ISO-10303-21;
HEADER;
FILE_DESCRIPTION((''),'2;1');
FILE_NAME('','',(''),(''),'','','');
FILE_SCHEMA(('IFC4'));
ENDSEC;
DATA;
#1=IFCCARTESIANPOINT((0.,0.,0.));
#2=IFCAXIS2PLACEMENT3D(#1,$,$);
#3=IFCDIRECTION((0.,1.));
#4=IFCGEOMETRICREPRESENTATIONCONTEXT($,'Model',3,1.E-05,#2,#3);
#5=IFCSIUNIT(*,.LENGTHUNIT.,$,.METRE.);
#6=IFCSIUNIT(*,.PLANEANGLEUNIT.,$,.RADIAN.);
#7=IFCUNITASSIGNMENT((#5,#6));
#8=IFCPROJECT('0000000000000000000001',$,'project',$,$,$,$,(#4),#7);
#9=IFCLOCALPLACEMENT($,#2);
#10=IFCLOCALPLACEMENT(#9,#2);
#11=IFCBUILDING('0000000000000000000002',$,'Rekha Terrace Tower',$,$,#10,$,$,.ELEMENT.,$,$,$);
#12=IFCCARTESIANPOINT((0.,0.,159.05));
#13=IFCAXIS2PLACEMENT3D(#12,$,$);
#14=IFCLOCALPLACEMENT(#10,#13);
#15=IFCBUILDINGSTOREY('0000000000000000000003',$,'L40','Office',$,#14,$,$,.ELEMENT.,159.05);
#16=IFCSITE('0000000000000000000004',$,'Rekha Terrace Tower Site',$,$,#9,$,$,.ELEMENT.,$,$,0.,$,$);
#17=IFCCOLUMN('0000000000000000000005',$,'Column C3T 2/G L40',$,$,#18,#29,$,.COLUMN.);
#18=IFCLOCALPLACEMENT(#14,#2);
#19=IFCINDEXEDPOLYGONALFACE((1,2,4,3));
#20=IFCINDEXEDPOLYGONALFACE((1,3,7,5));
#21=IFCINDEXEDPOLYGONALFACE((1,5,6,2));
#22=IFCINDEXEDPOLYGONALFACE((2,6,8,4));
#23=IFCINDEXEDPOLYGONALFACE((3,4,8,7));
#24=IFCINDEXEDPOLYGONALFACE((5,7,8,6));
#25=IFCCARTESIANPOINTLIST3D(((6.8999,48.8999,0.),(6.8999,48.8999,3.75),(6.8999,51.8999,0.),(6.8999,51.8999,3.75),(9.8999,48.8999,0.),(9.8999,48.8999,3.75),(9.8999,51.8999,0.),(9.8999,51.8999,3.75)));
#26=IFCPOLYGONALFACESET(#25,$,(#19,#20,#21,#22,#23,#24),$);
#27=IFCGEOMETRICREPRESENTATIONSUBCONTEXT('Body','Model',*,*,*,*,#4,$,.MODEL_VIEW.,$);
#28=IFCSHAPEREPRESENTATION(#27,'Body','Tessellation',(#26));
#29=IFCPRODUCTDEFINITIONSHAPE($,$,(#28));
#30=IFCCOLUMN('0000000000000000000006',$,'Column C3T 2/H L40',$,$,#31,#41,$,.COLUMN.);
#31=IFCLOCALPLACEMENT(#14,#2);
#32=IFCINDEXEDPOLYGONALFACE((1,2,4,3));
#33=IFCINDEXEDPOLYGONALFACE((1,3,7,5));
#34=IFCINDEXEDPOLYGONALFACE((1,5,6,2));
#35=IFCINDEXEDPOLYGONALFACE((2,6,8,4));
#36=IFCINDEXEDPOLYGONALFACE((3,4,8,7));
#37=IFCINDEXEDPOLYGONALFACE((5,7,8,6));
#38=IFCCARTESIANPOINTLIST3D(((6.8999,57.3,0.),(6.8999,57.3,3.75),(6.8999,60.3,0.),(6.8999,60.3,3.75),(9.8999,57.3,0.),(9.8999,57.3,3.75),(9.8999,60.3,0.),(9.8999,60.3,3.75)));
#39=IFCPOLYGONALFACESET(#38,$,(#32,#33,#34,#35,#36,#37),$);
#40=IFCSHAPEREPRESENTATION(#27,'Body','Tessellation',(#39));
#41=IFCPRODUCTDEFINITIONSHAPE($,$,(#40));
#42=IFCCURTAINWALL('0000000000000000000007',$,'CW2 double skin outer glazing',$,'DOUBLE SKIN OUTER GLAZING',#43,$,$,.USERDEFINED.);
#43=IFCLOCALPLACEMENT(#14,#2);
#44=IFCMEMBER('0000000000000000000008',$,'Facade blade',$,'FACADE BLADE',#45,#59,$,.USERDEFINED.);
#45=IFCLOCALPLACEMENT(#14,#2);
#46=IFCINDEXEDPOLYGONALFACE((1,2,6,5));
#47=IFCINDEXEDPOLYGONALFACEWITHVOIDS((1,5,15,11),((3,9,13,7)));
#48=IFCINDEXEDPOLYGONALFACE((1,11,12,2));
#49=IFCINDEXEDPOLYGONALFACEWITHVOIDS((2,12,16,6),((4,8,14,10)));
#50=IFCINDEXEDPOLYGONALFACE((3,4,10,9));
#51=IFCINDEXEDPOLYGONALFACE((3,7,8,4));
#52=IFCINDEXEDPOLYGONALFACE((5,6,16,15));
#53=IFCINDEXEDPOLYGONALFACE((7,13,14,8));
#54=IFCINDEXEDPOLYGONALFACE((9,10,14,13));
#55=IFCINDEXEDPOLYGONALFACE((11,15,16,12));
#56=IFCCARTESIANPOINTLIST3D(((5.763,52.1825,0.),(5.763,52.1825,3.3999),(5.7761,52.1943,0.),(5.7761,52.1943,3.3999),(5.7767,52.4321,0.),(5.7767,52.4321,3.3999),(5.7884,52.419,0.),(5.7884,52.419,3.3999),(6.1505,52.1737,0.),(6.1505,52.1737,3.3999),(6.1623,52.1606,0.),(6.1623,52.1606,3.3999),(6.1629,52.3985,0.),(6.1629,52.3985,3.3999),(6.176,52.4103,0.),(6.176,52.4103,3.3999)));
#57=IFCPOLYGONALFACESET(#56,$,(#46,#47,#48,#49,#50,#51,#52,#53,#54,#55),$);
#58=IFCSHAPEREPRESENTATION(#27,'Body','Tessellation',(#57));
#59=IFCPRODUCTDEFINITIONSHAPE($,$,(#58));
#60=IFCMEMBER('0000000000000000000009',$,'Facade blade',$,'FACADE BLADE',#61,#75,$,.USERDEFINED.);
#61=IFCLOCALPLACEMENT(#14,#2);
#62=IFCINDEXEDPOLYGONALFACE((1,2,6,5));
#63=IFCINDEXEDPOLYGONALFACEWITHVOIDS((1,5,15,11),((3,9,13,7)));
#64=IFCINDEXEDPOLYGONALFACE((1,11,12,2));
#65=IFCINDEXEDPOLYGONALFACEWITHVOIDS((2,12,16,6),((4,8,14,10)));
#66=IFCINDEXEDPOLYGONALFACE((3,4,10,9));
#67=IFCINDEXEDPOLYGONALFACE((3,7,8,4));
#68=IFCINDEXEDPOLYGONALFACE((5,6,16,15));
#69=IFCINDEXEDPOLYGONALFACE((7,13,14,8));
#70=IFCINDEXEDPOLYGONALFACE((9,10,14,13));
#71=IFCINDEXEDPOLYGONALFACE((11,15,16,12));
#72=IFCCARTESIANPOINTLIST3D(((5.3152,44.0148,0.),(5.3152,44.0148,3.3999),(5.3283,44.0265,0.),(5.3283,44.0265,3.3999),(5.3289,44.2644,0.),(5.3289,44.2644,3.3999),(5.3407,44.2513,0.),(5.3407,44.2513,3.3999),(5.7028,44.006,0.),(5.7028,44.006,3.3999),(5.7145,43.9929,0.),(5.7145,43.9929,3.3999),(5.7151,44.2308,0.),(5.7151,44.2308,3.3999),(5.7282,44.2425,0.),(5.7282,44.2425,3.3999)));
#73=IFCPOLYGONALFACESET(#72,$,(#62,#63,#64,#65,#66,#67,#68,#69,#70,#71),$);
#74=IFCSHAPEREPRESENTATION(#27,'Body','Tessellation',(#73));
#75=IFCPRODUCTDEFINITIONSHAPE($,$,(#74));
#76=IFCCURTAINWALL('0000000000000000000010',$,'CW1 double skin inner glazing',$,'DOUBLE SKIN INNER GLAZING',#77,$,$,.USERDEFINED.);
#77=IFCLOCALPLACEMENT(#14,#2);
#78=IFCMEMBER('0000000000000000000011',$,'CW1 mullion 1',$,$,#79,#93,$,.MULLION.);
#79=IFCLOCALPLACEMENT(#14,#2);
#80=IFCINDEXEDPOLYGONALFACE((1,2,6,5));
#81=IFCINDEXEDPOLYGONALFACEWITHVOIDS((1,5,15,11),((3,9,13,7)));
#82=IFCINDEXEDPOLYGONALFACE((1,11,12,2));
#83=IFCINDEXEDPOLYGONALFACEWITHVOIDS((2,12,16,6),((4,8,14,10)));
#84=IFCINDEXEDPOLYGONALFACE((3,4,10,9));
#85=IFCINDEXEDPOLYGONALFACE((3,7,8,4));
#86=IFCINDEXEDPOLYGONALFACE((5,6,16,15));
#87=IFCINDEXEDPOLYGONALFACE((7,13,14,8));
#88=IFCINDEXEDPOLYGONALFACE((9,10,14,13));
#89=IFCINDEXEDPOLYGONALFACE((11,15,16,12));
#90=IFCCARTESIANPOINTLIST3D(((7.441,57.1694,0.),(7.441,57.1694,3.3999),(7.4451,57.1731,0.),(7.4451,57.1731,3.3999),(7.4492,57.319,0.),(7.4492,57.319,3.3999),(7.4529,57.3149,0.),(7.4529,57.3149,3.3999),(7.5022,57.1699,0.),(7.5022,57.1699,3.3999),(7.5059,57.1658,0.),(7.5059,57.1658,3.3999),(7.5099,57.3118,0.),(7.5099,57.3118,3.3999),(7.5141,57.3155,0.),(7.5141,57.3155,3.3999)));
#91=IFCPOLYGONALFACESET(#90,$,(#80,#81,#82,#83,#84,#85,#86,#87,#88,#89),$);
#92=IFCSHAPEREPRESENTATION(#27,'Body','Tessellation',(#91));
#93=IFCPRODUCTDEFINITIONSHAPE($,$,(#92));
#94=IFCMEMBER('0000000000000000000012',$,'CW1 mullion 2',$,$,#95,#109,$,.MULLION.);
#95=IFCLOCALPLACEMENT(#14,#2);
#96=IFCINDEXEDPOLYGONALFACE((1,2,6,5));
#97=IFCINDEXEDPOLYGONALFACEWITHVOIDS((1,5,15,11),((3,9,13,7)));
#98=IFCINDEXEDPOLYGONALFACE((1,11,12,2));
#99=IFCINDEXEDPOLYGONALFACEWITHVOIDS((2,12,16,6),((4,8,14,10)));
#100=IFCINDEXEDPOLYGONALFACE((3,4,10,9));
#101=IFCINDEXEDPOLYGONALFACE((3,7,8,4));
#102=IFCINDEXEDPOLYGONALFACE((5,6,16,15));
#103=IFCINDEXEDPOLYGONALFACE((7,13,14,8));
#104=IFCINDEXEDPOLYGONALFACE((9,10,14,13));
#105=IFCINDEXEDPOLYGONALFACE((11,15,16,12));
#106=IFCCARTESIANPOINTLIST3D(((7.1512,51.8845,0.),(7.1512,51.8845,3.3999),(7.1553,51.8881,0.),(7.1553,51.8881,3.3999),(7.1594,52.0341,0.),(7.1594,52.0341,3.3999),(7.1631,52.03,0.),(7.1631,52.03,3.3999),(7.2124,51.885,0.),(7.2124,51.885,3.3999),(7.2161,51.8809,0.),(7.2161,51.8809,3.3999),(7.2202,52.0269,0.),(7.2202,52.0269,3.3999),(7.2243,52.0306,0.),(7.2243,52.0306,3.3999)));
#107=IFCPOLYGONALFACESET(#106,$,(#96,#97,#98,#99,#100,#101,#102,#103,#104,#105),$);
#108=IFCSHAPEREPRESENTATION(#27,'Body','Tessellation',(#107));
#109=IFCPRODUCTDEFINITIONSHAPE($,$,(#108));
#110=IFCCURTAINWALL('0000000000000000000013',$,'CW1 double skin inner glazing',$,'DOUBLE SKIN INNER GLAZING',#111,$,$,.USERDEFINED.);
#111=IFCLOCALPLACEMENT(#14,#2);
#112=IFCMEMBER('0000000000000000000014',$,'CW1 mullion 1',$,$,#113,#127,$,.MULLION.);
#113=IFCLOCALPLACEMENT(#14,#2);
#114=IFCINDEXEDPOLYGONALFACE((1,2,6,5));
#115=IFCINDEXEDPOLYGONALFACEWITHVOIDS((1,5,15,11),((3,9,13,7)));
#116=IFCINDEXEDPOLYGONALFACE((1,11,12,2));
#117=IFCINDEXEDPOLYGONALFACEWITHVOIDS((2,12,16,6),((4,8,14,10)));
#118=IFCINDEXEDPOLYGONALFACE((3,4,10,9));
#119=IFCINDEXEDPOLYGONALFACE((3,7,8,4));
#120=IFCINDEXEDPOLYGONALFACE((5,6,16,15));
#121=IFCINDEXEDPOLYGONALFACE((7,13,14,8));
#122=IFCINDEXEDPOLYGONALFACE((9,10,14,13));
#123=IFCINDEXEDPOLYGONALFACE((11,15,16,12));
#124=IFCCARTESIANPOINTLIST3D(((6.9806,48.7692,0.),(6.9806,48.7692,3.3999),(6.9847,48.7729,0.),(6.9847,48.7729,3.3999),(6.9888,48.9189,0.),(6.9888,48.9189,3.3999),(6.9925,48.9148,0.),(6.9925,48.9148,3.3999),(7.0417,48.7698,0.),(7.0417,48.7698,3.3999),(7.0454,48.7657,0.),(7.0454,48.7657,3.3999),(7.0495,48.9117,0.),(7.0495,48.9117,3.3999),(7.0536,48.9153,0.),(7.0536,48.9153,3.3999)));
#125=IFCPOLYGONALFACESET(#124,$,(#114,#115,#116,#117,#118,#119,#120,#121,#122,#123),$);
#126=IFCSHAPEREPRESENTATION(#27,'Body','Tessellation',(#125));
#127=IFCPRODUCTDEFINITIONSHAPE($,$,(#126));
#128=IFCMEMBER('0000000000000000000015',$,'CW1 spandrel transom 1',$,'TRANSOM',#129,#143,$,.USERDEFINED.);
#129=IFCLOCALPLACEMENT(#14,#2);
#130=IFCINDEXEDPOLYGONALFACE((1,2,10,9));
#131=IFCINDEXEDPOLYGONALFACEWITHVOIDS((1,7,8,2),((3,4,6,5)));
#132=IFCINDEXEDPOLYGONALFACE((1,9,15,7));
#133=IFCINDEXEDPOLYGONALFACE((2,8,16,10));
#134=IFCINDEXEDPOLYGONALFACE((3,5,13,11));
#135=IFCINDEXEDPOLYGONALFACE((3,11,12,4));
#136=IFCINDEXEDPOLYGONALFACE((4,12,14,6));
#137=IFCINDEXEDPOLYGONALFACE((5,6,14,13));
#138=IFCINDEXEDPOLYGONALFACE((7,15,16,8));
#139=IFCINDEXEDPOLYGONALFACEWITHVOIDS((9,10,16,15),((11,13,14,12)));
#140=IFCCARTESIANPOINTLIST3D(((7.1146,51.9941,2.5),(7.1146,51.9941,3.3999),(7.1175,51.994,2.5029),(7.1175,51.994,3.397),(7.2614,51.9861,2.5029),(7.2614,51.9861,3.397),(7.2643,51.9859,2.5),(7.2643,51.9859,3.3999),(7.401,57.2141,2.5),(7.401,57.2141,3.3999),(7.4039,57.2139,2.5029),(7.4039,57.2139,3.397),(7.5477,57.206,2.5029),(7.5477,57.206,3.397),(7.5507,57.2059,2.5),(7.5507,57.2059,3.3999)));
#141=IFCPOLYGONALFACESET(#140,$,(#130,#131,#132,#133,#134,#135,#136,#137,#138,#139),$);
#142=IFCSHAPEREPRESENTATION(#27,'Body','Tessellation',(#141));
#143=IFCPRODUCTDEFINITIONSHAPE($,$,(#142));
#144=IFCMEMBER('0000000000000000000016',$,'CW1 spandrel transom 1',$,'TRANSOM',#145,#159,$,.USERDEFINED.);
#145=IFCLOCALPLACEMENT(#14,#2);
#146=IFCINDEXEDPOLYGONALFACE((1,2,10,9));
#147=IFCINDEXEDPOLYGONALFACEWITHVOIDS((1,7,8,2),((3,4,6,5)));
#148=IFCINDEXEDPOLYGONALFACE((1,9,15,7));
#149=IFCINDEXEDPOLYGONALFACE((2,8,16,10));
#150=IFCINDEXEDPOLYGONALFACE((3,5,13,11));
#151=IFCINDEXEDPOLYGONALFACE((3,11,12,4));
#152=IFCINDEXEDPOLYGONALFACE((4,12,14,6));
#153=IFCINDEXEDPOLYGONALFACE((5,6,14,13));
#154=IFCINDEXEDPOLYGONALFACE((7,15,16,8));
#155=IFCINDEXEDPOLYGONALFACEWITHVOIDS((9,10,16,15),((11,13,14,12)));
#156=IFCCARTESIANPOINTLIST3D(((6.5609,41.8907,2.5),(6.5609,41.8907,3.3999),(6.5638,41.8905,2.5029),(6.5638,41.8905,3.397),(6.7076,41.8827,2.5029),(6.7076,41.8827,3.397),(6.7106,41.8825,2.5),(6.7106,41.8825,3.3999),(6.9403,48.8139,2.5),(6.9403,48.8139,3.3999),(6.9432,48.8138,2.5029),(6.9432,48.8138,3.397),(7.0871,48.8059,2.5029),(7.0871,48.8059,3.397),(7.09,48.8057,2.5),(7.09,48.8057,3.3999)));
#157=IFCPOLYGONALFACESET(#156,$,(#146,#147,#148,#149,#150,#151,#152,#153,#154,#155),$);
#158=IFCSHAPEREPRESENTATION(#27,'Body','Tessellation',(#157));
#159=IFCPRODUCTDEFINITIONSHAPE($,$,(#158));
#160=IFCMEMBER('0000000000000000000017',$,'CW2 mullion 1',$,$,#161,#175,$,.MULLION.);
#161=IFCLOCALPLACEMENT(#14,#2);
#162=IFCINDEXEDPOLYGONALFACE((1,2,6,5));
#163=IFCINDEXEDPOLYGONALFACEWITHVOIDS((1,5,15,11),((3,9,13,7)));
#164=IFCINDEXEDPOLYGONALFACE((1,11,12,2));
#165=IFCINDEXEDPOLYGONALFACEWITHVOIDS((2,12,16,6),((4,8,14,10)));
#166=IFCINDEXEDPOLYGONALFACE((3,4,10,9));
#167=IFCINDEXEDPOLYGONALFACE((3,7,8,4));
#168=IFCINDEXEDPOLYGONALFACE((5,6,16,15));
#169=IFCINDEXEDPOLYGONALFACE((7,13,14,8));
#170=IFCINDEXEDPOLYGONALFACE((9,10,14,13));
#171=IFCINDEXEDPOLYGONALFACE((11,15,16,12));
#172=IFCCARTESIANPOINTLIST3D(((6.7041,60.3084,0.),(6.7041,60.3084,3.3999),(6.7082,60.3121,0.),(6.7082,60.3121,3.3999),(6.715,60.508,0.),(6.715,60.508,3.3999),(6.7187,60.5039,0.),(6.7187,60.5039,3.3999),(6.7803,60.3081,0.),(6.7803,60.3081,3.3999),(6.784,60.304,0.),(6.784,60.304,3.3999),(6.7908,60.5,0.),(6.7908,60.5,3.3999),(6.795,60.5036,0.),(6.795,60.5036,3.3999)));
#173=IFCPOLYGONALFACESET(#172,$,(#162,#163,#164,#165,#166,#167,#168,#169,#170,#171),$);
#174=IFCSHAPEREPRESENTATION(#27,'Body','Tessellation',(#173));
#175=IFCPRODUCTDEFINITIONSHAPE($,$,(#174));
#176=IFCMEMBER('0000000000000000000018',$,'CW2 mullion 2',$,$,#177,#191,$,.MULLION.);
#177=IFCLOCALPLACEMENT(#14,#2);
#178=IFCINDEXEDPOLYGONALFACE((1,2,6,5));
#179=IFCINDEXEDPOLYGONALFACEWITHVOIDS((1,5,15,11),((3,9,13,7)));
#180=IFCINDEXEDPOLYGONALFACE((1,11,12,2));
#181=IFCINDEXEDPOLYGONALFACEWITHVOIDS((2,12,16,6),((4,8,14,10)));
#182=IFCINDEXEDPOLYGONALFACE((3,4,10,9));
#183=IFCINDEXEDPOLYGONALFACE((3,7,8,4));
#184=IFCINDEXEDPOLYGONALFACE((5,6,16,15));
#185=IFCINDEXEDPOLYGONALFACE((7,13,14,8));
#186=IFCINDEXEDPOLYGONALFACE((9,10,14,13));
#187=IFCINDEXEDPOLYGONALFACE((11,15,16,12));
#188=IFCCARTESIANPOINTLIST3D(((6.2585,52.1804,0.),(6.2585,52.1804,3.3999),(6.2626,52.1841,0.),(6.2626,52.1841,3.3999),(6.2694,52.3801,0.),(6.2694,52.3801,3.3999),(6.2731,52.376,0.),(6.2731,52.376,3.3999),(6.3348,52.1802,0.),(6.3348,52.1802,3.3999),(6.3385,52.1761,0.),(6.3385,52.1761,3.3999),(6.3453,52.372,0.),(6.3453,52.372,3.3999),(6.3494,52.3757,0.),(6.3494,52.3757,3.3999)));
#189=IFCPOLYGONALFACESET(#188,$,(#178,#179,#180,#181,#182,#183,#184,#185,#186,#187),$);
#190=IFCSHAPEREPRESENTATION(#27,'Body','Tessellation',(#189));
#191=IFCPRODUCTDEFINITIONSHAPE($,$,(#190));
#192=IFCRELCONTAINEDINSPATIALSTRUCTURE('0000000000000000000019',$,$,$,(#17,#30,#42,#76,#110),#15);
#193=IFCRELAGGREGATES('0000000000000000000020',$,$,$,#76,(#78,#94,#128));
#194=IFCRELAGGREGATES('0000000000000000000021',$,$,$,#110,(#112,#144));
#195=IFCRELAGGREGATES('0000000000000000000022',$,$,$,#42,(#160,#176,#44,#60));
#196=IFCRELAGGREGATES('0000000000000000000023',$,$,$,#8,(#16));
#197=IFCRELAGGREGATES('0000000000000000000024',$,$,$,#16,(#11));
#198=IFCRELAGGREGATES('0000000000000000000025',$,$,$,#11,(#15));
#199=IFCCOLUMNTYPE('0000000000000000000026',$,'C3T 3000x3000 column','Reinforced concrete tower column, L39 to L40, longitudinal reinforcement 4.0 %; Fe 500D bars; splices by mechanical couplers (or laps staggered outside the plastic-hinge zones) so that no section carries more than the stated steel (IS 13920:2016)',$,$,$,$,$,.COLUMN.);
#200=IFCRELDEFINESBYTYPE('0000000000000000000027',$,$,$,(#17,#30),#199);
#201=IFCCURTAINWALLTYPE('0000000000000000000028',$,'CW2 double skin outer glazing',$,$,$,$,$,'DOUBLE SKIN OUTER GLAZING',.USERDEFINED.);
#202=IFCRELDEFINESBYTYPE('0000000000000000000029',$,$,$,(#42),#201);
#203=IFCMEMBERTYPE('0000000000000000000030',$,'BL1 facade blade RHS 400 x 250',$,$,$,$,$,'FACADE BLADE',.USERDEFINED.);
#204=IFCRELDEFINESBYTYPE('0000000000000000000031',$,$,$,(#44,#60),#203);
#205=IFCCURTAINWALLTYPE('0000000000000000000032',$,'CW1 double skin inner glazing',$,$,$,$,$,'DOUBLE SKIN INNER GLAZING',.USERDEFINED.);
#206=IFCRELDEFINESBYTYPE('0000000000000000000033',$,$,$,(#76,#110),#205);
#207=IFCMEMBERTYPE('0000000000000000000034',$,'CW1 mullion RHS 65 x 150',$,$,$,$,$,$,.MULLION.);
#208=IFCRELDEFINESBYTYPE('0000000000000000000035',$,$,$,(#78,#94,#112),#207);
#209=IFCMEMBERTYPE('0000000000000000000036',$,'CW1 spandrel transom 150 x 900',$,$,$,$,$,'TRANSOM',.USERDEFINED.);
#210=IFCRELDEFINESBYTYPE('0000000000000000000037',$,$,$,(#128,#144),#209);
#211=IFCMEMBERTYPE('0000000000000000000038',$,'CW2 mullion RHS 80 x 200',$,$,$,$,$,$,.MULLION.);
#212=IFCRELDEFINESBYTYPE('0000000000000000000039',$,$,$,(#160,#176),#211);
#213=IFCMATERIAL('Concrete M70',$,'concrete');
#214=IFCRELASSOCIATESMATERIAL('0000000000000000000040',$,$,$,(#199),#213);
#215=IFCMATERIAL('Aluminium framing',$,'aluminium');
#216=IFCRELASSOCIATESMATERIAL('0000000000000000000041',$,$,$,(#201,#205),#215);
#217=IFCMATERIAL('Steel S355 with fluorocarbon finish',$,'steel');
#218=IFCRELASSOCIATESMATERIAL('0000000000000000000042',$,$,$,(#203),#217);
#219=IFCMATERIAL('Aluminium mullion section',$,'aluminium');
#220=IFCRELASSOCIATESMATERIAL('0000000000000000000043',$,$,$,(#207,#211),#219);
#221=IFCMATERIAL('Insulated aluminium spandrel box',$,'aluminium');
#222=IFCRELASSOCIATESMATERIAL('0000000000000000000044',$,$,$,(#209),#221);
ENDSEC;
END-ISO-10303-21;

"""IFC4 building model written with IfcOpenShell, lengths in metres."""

from ifc_helpers import new_model, si_unit, direction, frame, origin, origin_2d, place, context, subcontext, project, spatial, rectangle, hollow_rectangle, extrude, material, material_profile, profile_set, type_object, element, aggregate, save


model = new_model("IFC4")

# Units and contexts
model_context = context("Model", 3, precision=1e-05, world=origin(), true_north=direction((0.0, 1.0)))
body_context = subcontext(model_context, "Body", "Model", "MODEL_VIEW")
ifc_project = project(units=[si_unit("LENGTHUNIT", "METRE"), si_unit("PLANEANGLEUNIT", "RADIAN")], contexts=[model_context])

# Site, building, storey
site_placement = place(None, origin())
site = spatial("IfcSite", under=ifc_project, at=site_placement, Name="Rekha Terrace Tower Site", CompositionType="ELEMENT", RefElevation=0.0)
building_placement = place(site_placement, origin())
building = spatial("IfcBuilding", under=site, at=building_placement, Name="Rekha Terrace Tower", CompositionType="ELEMENT")
storey_placement = place(building_placement, frame((0.0, 0.0, 159.05)))
storey = spatial("IfcBuildingStorey", under=building, at=storey_placement, Name="L40", Description="Office", CompositionType="ELEMENT", Elevation=159.05)

# Columns
ifc_material_1 = material(Name="Concrete M70", Category="concrete")
ifc_material_profile_1 = material_profile(ifc_material_1, rectangle(XDim=3.0, YDim=3.0, at=origin_2d()), Name="RC 3000x3000")
ifc_profile_set_1 = profile_set([ifc_material_profile_1], Name="Concrete M70")
column_type = type_object("IfcColumnType", Name="C3T 3000x3000 column", Description="Reinforced concrete tower column, L39 to L40, longitudinal reinforcement 4.0 %; Fe 500D bars; splices by mechanical couplers (or laps staggered outside the plastic-hinge zones) so that no section carries more than the stated steel (IS 13920:2016)", PredefinedType="COLUMN", material=ifc_profile_set_1)
for number, where, z_axis, x_axis, name in (
    (1, (8.3999, 50.3999, 0.0), (0.0, 0.0, 1.0), (1.0, 0.0, 0.0), "Column C3T 2/G L40"),
    (2, (8.3999, 58.8, 0.0), (0.0, 0.0, 1.0), (1.0, 0.0, 0.0), "Column C3T 2/H L40"),
):
    element("IfcColumn", number, at=place(storey_placement, frame(where, z_axis=z_axis, x_axis=x_axis)), inside=storey, type_object=column_type, Name=name, PredefinedType="COLUMN", context=body_context, shape_type="SweptSolid", body=[
        extrude(rectangle(XDim=3.0, YDim=3.0, at=origin_2d()), origin(), (0.0, 0.0, 1.0), 3.75),
    ])

# Curtain walls, members
ifc_material_2 = material(Name="Aluminium framing", Category="aluminium")
curtain_wall_type_1 = type_object("IfcCurtainWallType", Name="CW2 double skin outer glazing", ElementType="DOUBLE SKIN OUTER GLAZING", PredefinedType="USERDEFINED", material=ifc_material_2)
curtain_wall_1_placement = place(storey_placement, origin())
curtain_wall_1 = element("IfcCurtainWall", 3, at=curtain_wall_1_placement, inside=storey, type_object=curtain_wall_type_1, Name="CW2 double skin outer glazing", ObjectType="DOUBLE SKIN OUTER GLAZING", PredefinedType="USERDEFINED")
ifc_material_3 = material(Name="Steel S355 with fluorocarbon finish", Category="steel")
ifc_material_profile_2 = material_profile(ifc_material_3, hollow_rectangle(XDim=0.25, YDim=0.3999, WallThickness=0.0125, at=origin_2d()), Name="RHS400x250x12.5")
ifc_profile_set_2 = profile_set([ifc_material_profile_2], Name="Steel S355 with fluorocarbon finish")
member_type_1 = type_object("IfcMemberType", Name="BL1 facade blade RHS 400 x 250", ElementType="FACADE BLADE", PredefinedType="USERDEFINED", material=ifc_profile_set_2)
member_1_placement = place(storey_placement, frame((5.9695, 52.2964, 0.0), z_axis=(0.0, 0.0, 1.0), x_axis=(-0.054743, -0.9985, 0.0)))
member_1 = element("IfcMember", 4, at=member_1_placement, type_object=member_type_1, Name="Facade blade", ObjectType="FACADE BLADE", PredefinedType="USERDEFINED", context=body_context, shape_type="SweptSolid", body=[
    extrude(hollow_rectangle(XDim=0.25, YDim=0.3999, WallThickness=0.0125, at=origin_2d()), origin(), (0.0, 0.0, 1.0), 3.3999),
])
member_2_placement = place(storey_placement, frame((5.5217, 44.1287, 0.0), z_axis=(0.0, 0.0, 1.0), x_axis=(-0.054743, -0.9985, 0.0)))
member_2 = element("IfcMember", 5, at=member_2_placement, type_object=member_type_1, Name="Facade blade", ObjectType="FACADE BLADE", PredefinedType="USERDEFINED", context=body_context, shape_type="SweptSolid", body=[
    extrude(hollow_rectangle(XDim=0.25, YDim=0.3999, WallThickness=0.0125, at=origin_2d()), origin(), (0.0, 0.0, 1.0), 3.3999),
])
curtain_wall_type_2 = type_object("IfcCurtainWallType", Name="CW1 double skin inner glazing", ElementType="DOUBLE SKIN INNER GLAZING", PredefinedType="USERDEFINED", material=ifc_material_2)
curtain_wall_2_placement = place(storey_placement, origin())
curtain_wall_2 = element("IfcCurtainWall", 6, at=curtain_wall_2_placement, inside=storey, type_object=curtain_wall_type_2, Name="CW1 double skin inner glazing", ObjectType="DOUBLE SKIN INNER GLAZING", PredefinedType="USERDEFINED")
ifc_material_4 = material(Name="Aluminium mullion section", Category="aluminium")
ifc_material_profile_3 = material_profile(ifc_material_4, hollow_rectangle(XDim=0.0649, YDim=0.1499, WallThickness=0.0039, at=origin_2d()), Name="AL RHS 65x150")
ifc_profile_set_3 = profile_set([ifc_material_profile_3], Name="Aluminium mullion section")
member_type_2 = type_object("IfcMemberType", Name="CW1 mullion RHS 65 x 150", PredefinedType="MULLION", material=ifc_profile_set_3)
member_3_placement = place(storey_placement, frame((7.4775, 57.2424, 0.0), z_axis=(0.0, 0.0, 1.0), x_axis=(0.998501, -0.054742, 0.0)))
member_3 = element("IfcMember", 7, at=member_3_placement, type_object=member_type_2, Name="CW1 mullion 1", PredefinedType="MULLION", context=body_context, shape_type="SweptSolid", body=[
    extrude(hollow_rectangle(XDim=0.0649, YDim=0.1499, WallThickness=0.0039, at=origin_2d()), origin(), (0.0, 0.0, 1.0), 3.3999),
])
member_4_placement = place(storey_placement, frame((7.1877, 51.9575, 0.0), z_axis=(0.0, 0.0, 1.0), x_axis=(0.998501, -0.054742, 0.0)))
member_4 = element("IfcMember", 8, at=member_4_placement, type_object=member_type_2, Name="CW1 mullion 2", PredefinedType="MULLION", context=body_context, shape_type="SweptSolid", body=[
    extrude(hollow_rectangle(XDim=0.0649, YDim=0.1499, WallThickness=0.0039, at=origin_2d()), origin(), (0.0, 0.0, 1.0), 3.3999),
])

# Curtain wall, member
curtain_wall_3_placement = place(storey_placement, origin())
curtain_wall_3 = element("IfcCurtainWall", 9, at=curtain_wall_3_placement, inside=storey, type_object=curtain_wall_type_2, Name="CW1 double skin inner glazing", ObjectType="DOUBLE SKIN INNER GLAZING", PredefinedType="USERDEFINED")
member_5_placement = place(storey_placement, frame((7.0171, 48.8423, 0.0), z_axis=(0.0, 0.0, 1.0), x_axis=(0.998501, -0.054742, 0.0)))
member_5 = element("IfcMember", 10, at=member_5_placement, type_object=member_type_2, Name="CW1 mullion 1", PredefinedType="MULLION", context=body_context, shape_type="SweptSolid", body=[
    extrude(hollow_rectangle(XDim=0.0649, YDim=0.1499, WallThickness=0.0039, at=origin_2d()), origin(), (0.0, 0.0, 1.0), 3.3999),
])

# Members
ifc_material_5 = material(Name="Insulated aluminium spandrel box", Category="aluminium")
ifc_material_profile_4 = material_profile(ifc_material_5, hollow_rectangle(XDim=0.1499, YDim=0.8999, WallThickness=0.0029, at=origin_2d()), Name="AL SPANDREL BOX 150x900")
ifc_profile_set_4 = profile_set([ifc_material_profile_4], Name="Insulated aluminium spandrel box")
member_type_3 = type_object("IfcMemberType", Name="CW1 spandrel transom 150 x 900", ElementType="TRANSOM", PredefinedType="USERDEFINED", material=ifc_profile_set_4)
member_6_placement = place(storey_placement, frame((7.4758, 57.21, 2.95), z_axis=(-0.054779, -0.998498, 0.0), x_axis=(0.998498, -0.054779, 0.0)))
member_6 = element("IfcMember", 11, at=member_6_placement, type_object=member_type_3, Name="CW1 spandrel transom 1", ObjectType="TRANSOM", PredefinedType="USERDEFINED", context=body_context, shape_type="SweptSolid", body=[
    extrude(hollow_rectangle(XDim=0.1499, YDim=0.8999, WallThickness=0.0029, at=origin_2d()), origin(), (0.0, 0.0, 1.0), 5.2278),
])
member_7_placement = place(storey_placement, frame((7.0151, 48.8098, 2.95), z_axis=(-0.054719, -0.998502, 0.0), x_axis=(0.998502, -0.054719, 0.0)))
member_7 = element("IfcMember", 12, at=member_7_placement, type_object=member_type_3, Name="CW1 spandrel transom 1", ObjectType="TRANSOM", PredefinedType="USERDEFINED", context=body_context, shape_type="SweptSolid", body=[
    extrude(hollow_rectangle(XDim=0.1499, YDim=0.8999, WallThickness=0.0029, at=origin_2d()), origin(), (0.0, 0.0, 1.0), 6.9336),
])
ifc_material_profile_5 = material_profile(ifc_material_4, hollow_rectangle(XDim=0.0801, YDim=0.2, WallThickness=0.0039, at=origin_2d()), Name="AL RHS 80x200")
ifc_profile_set_5 = profile_set([ifc_material_profile_5], Name="Aluminium mullion section")
member_type_4 = type_object("IfcMemberType", Name="CW2 mullion RHS 80 x 200", PredefinedType="MULLION", material=ifc_profile_set_5)
member_8_placement = place(storey_placement, frame((6.7495, 60.406, 0.0), z_axis=(0.0, 0.0, 1.0), x_axis=(0.998501, -0.054742, 0.0)))
member_8 = element("IfcMember", 13, at=member_8_placement, type_object=member_type_4, Name="CW2 mullion 1", PredefinedType="MULLION", context=body_context, shape_type="SweptSolid", body=[
    extrude(hollow_rectangle(XDim=0.0801, YDim=0.2, WallThickness=0.0039, at=origin_2d()), origin(), (0.0, 0.0, 1.0), 3.3999),
])
member_9_placement = place(storey_placement, frame((6.304, 52.2781, 0.0), z_axis=(0.0, 0.0, 1.0), x_axis=(0.998501, -0.054742, 0.0)))
member_9 = element("IfcMember", 14, at=member_9_placement, type_object=member_type_4, Name="CW2 mullion 2", PredefinedType="MULLION", context=body_context, shape_type="SweptSolid", body=[
    extrude(hollow_rectangle(XDim=0.0801, YDim=0.2, WallThickness=0.0039, at=origin_2d()), origin(), (0.0, 0.0, 1.0), 3.3999),
])

aggregate(curtain_wall_2, [member_3, member_4, member_6])
aggregate(curtain_wall_3, [member_5, member_7])
aggregate(curtain_wall_1, [member_8, member_9, member_1, member_2])

save(model, "model.ifc")
